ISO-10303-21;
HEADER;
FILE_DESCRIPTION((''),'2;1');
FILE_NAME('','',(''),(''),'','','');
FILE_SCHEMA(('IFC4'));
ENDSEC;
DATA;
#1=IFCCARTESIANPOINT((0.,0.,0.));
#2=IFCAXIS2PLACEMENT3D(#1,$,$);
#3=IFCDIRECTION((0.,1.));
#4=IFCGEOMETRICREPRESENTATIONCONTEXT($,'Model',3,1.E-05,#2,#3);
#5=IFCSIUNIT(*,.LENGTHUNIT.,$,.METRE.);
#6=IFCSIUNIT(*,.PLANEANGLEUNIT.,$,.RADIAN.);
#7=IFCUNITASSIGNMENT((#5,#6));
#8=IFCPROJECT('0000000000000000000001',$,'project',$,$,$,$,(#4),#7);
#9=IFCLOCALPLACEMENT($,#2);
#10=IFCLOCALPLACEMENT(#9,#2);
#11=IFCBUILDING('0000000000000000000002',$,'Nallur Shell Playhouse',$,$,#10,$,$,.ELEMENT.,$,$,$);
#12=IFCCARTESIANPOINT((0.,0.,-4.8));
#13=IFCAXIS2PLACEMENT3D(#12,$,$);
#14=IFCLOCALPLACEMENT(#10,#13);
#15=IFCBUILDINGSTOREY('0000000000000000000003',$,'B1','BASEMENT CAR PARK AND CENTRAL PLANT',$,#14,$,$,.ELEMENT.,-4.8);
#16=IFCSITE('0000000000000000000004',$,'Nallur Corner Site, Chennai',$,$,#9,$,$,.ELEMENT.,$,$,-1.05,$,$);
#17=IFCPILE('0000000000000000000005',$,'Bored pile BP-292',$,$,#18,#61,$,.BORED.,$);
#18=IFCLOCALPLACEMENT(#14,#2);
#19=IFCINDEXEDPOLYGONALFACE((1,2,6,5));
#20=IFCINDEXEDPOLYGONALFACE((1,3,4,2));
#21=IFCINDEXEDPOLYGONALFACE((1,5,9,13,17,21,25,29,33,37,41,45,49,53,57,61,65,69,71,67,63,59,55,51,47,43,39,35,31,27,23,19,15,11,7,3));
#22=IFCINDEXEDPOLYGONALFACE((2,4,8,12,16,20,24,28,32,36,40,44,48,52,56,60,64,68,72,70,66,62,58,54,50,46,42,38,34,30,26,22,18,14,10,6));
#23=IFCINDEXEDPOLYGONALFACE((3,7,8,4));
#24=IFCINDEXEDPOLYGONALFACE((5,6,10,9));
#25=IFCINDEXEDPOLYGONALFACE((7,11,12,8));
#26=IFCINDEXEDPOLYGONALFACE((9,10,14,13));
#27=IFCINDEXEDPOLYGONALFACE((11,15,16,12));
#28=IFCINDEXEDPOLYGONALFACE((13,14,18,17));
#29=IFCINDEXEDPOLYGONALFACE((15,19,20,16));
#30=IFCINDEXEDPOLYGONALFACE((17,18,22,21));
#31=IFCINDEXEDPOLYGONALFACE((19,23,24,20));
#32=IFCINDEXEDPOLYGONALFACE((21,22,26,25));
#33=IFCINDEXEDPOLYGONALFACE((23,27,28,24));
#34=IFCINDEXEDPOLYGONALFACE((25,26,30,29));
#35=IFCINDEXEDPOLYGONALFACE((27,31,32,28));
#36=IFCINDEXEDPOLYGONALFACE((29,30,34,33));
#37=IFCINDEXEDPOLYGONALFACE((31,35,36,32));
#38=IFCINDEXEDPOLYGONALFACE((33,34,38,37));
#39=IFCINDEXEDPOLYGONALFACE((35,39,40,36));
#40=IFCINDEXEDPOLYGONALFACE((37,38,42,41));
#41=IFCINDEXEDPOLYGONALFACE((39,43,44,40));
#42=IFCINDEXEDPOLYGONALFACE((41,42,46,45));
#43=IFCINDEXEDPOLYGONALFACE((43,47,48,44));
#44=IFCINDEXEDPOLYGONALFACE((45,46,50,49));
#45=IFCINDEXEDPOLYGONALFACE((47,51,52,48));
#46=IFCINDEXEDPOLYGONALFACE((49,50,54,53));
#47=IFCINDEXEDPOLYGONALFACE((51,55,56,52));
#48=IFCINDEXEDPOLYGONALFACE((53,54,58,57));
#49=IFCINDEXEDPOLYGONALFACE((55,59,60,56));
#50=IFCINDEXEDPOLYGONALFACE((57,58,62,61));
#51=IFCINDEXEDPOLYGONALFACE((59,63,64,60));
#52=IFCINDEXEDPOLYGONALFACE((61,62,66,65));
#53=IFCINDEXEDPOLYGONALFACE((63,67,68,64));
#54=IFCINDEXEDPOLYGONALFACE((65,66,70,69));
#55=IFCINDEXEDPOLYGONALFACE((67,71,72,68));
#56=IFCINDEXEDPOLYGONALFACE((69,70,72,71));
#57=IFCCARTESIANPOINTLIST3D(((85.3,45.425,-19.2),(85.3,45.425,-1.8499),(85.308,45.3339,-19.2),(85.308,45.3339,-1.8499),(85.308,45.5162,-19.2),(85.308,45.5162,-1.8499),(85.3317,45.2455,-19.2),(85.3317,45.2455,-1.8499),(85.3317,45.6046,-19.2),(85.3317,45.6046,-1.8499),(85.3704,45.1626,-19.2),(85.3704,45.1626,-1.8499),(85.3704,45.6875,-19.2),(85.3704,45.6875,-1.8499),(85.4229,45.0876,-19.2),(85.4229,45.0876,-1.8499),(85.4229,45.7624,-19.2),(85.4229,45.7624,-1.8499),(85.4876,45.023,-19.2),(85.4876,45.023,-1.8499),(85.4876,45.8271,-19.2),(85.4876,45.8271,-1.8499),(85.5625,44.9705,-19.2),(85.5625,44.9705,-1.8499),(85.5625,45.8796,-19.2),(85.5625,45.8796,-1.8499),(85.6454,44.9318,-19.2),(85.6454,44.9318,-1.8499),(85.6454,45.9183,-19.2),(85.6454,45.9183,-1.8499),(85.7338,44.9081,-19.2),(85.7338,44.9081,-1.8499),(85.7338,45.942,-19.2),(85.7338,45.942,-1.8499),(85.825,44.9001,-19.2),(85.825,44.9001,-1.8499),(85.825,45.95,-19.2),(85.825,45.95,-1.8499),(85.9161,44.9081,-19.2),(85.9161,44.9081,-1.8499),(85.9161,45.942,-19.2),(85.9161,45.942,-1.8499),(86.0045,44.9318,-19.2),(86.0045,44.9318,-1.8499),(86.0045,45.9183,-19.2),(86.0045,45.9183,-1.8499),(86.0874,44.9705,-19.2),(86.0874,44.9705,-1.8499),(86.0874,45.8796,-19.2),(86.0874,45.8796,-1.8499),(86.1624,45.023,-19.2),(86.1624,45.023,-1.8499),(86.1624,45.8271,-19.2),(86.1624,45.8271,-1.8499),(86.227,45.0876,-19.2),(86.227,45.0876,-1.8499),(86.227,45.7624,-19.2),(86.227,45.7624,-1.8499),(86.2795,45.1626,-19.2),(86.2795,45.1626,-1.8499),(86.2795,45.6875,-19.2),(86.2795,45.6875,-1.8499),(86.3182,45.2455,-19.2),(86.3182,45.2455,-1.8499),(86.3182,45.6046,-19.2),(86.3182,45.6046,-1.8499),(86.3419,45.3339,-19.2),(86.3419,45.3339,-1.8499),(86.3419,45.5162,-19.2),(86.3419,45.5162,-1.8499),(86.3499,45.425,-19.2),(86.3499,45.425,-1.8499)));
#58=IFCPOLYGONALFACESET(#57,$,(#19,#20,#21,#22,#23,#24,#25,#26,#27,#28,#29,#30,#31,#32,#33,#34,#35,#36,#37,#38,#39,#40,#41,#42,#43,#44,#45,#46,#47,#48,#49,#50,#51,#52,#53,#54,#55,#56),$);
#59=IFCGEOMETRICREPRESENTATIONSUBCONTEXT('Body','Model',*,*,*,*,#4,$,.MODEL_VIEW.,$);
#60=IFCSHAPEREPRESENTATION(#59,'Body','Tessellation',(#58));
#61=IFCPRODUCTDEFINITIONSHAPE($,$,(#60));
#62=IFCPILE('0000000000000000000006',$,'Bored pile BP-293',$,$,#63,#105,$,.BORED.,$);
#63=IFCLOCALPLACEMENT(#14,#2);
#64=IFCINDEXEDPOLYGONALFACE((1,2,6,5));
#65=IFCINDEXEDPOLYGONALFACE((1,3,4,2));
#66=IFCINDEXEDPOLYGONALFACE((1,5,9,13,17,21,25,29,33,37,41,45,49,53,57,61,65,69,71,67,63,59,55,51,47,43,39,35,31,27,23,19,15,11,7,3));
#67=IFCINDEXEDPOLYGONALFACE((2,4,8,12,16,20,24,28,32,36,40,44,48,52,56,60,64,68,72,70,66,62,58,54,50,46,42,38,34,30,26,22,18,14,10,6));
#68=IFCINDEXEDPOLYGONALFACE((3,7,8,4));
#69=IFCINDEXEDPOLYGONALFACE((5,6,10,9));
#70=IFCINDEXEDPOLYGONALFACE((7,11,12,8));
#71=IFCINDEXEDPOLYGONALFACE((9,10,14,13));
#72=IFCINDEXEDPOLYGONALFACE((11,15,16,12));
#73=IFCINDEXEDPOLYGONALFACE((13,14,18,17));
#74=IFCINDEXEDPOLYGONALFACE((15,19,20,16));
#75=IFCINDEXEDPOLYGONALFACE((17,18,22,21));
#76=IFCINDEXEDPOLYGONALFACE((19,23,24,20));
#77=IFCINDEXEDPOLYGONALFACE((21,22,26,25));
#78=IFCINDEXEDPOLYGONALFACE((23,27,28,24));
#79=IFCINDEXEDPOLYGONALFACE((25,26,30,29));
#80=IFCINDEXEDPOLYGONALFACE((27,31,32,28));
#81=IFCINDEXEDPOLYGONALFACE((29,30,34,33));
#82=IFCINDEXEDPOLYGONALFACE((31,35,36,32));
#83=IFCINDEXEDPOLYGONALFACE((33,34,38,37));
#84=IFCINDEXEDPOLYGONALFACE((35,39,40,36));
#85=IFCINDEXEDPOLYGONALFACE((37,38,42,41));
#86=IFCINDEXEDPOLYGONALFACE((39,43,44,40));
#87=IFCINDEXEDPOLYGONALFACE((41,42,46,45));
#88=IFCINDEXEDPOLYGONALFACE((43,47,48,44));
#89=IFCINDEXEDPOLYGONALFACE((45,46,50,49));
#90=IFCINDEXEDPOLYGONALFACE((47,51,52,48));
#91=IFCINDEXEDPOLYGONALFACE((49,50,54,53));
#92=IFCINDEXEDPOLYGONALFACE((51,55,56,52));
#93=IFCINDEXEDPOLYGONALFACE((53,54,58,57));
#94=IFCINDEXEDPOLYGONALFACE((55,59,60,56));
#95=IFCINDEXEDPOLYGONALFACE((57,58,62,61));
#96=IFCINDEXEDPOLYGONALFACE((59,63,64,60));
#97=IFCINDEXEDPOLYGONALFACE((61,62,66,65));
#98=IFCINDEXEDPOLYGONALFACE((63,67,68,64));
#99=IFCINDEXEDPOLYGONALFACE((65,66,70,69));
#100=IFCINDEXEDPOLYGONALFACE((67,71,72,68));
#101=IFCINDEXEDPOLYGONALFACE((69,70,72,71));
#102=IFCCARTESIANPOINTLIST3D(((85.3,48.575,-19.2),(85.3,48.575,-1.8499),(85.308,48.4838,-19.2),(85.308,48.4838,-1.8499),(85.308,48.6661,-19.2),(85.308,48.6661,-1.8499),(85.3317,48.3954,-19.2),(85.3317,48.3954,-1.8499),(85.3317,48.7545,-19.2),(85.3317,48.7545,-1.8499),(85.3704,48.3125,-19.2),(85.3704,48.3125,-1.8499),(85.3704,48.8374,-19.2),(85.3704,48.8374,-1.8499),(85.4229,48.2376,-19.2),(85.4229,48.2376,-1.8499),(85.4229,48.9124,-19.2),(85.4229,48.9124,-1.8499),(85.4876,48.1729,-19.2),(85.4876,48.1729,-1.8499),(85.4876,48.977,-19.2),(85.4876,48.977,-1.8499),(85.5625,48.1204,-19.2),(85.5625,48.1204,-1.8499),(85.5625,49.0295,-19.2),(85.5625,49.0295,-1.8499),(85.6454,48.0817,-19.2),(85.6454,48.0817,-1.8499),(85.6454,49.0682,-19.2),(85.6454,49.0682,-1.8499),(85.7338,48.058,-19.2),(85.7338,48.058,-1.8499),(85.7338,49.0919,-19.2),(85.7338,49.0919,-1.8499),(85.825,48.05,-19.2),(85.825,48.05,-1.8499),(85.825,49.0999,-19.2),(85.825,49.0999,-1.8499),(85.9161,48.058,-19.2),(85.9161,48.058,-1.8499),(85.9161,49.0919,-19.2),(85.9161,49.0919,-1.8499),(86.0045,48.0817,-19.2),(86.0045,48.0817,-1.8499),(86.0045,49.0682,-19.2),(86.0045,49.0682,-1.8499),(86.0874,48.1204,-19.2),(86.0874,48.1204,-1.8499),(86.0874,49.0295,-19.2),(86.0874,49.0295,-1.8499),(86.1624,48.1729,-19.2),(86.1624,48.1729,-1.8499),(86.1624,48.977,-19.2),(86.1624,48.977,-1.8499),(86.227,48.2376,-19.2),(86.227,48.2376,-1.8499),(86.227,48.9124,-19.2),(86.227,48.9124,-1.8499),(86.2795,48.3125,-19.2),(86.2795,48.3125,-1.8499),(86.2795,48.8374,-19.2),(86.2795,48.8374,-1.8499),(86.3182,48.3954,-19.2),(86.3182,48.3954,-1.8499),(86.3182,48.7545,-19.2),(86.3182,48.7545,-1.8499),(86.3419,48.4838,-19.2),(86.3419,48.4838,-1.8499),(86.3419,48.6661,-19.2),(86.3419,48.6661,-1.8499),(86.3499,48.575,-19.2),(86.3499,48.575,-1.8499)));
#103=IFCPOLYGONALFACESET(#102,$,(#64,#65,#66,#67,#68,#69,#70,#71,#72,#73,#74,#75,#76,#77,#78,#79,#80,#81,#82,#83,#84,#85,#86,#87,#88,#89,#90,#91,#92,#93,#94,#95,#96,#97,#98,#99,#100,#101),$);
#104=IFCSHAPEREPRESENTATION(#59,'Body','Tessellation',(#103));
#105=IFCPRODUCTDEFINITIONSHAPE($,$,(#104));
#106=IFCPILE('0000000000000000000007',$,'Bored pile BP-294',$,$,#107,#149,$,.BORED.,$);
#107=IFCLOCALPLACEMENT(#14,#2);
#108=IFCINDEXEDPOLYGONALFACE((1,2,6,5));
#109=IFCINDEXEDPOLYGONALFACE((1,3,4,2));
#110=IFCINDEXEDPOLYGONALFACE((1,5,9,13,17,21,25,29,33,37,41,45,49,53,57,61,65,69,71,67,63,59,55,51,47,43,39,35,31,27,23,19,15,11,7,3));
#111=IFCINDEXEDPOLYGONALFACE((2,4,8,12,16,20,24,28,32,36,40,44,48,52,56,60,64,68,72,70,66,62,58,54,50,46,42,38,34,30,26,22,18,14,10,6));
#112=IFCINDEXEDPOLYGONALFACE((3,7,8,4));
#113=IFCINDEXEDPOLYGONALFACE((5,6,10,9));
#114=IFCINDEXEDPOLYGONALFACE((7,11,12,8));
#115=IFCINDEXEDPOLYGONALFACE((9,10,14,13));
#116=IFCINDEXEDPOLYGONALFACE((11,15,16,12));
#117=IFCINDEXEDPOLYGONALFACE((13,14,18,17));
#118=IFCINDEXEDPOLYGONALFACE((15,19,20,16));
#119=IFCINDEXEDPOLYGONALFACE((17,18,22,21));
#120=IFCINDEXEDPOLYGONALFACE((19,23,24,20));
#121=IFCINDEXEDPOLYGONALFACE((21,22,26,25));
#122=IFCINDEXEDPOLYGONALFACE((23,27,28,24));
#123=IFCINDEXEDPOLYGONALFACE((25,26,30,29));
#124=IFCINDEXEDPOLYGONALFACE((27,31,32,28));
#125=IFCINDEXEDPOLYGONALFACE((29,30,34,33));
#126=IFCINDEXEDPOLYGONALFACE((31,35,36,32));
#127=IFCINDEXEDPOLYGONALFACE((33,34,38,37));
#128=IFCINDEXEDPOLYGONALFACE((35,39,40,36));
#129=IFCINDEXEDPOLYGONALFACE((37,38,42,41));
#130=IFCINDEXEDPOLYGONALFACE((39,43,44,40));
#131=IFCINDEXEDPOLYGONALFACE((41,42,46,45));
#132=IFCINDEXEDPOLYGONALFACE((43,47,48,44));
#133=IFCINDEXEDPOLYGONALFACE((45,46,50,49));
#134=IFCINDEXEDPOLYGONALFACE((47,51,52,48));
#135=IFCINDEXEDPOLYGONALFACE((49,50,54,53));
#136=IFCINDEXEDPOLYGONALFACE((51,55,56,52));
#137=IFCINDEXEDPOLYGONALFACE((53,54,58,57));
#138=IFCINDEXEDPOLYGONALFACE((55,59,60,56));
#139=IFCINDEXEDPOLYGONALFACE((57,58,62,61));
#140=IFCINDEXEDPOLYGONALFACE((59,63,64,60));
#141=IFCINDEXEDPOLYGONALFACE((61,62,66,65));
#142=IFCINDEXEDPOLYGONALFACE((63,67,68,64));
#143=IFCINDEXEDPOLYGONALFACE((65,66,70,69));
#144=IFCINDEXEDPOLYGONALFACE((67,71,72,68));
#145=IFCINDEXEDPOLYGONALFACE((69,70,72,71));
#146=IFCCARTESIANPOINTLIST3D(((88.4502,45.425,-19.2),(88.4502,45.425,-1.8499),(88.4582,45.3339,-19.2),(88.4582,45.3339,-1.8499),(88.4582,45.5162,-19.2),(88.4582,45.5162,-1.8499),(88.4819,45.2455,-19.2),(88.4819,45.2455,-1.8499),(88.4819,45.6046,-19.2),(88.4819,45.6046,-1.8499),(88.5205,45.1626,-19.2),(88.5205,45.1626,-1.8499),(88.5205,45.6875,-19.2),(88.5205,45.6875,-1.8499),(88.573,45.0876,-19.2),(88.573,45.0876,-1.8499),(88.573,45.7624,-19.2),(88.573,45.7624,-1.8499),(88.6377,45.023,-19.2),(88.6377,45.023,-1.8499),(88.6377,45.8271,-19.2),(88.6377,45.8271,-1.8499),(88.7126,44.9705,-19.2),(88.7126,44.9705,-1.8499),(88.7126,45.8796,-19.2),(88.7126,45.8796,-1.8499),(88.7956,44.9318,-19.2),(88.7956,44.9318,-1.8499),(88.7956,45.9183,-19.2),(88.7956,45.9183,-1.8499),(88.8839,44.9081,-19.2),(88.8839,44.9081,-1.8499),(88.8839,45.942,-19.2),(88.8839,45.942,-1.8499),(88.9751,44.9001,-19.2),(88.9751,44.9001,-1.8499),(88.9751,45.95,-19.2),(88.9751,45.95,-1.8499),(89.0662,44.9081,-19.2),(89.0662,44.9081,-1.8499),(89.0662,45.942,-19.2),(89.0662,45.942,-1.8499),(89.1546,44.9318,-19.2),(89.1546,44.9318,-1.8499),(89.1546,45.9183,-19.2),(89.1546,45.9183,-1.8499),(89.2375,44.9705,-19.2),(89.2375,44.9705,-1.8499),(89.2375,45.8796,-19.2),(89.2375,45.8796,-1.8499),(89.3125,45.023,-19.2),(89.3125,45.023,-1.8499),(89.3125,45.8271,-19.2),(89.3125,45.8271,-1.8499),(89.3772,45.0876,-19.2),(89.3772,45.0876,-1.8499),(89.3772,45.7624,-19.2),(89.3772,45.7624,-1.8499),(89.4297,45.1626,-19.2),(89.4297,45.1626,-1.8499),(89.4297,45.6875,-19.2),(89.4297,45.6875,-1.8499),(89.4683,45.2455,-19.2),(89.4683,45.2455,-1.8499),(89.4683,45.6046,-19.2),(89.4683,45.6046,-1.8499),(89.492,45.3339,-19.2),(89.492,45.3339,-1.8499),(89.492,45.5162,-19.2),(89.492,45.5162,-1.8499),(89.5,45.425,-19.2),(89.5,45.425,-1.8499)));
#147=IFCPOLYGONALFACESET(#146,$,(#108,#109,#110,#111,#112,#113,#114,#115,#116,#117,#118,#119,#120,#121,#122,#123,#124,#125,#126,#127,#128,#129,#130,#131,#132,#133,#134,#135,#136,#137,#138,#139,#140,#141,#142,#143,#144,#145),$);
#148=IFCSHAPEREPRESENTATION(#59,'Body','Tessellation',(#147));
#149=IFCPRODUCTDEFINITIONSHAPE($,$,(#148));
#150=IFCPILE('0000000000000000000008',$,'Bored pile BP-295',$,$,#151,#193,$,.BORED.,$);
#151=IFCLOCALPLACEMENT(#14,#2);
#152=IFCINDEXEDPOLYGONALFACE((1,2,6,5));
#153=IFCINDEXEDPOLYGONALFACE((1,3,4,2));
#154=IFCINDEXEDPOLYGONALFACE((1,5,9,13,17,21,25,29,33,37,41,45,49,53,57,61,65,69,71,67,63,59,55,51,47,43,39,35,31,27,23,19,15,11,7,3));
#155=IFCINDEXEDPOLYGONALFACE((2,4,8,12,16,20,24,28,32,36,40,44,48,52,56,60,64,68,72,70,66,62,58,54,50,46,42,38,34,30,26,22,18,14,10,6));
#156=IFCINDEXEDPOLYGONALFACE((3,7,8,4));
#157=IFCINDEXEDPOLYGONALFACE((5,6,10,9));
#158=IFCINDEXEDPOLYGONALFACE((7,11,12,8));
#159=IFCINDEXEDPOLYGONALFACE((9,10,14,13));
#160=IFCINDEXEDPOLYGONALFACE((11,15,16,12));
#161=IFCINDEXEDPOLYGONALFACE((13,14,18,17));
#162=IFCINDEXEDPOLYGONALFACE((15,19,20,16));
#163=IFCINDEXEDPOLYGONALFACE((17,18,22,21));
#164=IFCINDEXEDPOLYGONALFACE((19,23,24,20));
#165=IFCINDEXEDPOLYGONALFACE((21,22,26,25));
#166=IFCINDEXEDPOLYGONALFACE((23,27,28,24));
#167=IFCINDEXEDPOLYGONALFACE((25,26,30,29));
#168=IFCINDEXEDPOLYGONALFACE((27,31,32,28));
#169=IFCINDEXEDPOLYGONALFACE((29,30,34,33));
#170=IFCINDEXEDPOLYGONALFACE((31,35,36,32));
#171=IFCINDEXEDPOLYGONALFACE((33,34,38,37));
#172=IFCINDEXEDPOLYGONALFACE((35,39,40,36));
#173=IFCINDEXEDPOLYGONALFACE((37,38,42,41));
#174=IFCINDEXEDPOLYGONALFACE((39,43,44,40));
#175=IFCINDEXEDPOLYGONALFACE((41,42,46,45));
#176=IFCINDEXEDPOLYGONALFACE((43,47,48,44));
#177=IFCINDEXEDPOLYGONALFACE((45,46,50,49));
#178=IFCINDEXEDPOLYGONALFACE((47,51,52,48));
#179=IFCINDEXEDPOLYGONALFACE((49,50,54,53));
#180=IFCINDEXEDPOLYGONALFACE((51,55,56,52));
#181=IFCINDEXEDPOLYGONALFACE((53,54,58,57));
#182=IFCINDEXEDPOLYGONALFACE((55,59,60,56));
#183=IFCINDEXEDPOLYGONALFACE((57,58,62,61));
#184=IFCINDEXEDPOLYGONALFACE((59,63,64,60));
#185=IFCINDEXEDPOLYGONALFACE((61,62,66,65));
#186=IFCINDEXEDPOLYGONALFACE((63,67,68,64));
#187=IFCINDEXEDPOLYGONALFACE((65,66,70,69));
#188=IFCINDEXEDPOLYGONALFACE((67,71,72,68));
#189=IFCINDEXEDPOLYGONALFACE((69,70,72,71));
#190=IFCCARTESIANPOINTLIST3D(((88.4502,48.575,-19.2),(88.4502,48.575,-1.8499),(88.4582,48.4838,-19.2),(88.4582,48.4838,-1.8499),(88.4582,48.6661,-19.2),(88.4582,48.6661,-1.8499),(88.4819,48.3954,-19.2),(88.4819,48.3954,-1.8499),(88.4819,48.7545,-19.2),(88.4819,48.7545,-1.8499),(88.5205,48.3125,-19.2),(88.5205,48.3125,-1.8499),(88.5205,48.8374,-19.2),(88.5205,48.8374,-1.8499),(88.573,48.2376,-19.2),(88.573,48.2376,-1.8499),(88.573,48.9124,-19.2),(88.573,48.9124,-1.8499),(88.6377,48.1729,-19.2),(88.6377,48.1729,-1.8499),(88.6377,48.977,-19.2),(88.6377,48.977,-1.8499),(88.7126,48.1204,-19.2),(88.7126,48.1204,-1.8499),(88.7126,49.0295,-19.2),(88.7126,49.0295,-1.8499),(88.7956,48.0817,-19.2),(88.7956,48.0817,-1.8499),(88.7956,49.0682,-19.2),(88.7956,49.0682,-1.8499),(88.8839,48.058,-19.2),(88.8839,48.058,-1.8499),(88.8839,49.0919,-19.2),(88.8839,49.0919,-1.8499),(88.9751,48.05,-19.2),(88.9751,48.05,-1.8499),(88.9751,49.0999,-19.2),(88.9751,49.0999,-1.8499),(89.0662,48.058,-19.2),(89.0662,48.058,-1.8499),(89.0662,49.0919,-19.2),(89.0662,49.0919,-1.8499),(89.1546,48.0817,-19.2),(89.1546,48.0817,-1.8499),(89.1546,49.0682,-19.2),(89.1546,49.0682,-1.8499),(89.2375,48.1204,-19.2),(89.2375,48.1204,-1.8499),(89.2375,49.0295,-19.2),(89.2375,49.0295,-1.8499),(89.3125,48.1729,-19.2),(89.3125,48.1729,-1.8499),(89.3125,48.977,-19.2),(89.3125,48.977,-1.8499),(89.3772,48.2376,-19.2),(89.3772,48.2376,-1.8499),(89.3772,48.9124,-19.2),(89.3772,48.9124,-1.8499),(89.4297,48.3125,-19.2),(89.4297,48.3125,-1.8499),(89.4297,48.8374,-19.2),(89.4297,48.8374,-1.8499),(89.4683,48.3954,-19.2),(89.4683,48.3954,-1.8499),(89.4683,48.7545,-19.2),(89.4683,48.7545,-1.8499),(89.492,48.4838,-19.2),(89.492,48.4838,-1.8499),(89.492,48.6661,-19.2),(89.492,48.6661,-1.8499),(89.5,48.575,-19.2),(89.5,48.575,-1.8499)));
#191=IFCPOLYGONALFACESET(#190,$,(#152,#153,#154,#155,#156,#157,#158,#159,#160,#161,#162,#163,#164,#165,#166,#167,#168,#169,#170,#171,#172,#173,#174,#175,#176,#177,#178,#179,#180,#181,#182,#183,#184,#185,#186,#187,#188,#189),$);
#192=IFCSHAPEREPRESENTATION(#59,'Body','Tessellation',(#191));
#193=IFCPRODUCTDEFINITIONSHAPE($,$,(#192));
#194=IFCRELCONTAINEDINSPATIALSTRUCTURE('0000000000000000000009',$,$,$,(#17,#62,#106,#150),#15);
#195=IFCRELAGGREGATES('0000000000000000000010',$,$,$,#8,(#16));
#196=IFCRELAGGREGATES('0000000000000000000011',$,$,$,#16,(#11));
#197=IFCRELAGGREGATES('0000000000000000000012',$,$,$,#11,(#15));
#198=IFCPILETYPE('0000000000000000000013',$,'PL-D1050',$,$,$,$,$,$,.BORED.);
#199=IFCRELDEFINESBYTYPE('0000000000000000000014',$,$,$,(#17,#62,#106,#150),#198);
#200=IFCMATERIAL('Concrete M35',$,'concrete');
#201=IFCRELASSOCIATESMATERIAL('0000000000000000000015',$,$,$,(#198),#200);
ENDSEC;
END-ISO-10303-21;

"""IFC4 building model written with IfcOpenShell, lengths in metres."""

from ifc_helpers import new_model, si_unit, direction, frame, origin, origin_2d, place, context, subcontext, project, spatial, circle, extrude, material, material_profile, profile_set, type_object, element, save


model = new_model("IFC4")

# Units and contexts
model_context = context("Model", 3, precision=1e-05, world=origin(), true_north=direction((0.0, 1.0)))
body_context = subcontext(model_context, "Body", "Model", "MODEL_VIEW")
ifc_project = project(units=[si_unit("LENGTHUNIT", "METRE"), si_unit("PLANEANGLEUNIT", "RADIAN")], contexts=[model_context])

# Site, building, storey
site_placement = place(None, origin())
site = spatial("IfcSite", under=ifc_project, at=site_placement, Name="Nallur Corner Site, Chennai", CompositionType="ELEMENT", RefElevation=-1.05)
building_placement = place(site_placement, origin())
building = spatial("IfcBuilding", under=site, at=building_placement, Name="Nallur Shell Playhouse", CompositionType="ELEMENT")
storey_placement = place(building_placement, frame((0.0, 0.0, -4.8)))
storey = spatial("IfcBuildingStorey", under=building, at=storey_placement, Name="B1", Description="BASEMENT CAR PARK AND CENTRAL PLANT", CompositionType="ELEMENT", Elevation=-4.8)

# Shared definitions
ifc_material_1 = material(Name="Concrete M35", Category="concrete")

# Piles
ifc_material_profile_1 = material_profile(ifc_material_1, circle(Radius=0.5249, at=origin_2d()), Name="BORED PILE D1050")
ifc_profile_set_1 = profile_set([ifc_material_profile_1], Name="Concrete M35")
pile_type_1 = type_object("IfcPileType", Name="PL-D1050", PredefinedType="BORED", material=ifc_profile_set_1)
for number, where, z_axis, x_axis, name in (
    (1, (85.825, 45.425, -1.8499), (0.0, 0.0, -1.0), (1.0, 0.0, 0.0), "Bored pile BP-292"),
    (2, (85.825, 48.575, -1.8499), (0.0, 0.0, -1.0), (1.0, 0.0, 0.0), "Bored pile BP-293"),
    (3, (88.9751, 45.425, -1.8499), (0.0, 0.0, -1.0), (1.0, 0.0, 0.0), "Bored pile BP-294"),
    (4, (88.9751, 48.575, -1.8499), (0.0, 0.0, -1.0), (1.0, 0.0, 0.0), "Bored pile BP-295"),
):
    element("IfcPile", number, at=place(storey_placement, frame(where, z_axis=z_axis, x_axis=x_axis)), inside=storey, type_object=pile_type_1, Name=name, PredefinedType="BORED", context=body_context, shape_type="SweptSolid", body=[
        extrude(circle(Radius=0.5249, at=origin_2d()), origin(), (0.0, 0.0, 1.0), 17.3501),
    ])

save(model, "model.ifc")
